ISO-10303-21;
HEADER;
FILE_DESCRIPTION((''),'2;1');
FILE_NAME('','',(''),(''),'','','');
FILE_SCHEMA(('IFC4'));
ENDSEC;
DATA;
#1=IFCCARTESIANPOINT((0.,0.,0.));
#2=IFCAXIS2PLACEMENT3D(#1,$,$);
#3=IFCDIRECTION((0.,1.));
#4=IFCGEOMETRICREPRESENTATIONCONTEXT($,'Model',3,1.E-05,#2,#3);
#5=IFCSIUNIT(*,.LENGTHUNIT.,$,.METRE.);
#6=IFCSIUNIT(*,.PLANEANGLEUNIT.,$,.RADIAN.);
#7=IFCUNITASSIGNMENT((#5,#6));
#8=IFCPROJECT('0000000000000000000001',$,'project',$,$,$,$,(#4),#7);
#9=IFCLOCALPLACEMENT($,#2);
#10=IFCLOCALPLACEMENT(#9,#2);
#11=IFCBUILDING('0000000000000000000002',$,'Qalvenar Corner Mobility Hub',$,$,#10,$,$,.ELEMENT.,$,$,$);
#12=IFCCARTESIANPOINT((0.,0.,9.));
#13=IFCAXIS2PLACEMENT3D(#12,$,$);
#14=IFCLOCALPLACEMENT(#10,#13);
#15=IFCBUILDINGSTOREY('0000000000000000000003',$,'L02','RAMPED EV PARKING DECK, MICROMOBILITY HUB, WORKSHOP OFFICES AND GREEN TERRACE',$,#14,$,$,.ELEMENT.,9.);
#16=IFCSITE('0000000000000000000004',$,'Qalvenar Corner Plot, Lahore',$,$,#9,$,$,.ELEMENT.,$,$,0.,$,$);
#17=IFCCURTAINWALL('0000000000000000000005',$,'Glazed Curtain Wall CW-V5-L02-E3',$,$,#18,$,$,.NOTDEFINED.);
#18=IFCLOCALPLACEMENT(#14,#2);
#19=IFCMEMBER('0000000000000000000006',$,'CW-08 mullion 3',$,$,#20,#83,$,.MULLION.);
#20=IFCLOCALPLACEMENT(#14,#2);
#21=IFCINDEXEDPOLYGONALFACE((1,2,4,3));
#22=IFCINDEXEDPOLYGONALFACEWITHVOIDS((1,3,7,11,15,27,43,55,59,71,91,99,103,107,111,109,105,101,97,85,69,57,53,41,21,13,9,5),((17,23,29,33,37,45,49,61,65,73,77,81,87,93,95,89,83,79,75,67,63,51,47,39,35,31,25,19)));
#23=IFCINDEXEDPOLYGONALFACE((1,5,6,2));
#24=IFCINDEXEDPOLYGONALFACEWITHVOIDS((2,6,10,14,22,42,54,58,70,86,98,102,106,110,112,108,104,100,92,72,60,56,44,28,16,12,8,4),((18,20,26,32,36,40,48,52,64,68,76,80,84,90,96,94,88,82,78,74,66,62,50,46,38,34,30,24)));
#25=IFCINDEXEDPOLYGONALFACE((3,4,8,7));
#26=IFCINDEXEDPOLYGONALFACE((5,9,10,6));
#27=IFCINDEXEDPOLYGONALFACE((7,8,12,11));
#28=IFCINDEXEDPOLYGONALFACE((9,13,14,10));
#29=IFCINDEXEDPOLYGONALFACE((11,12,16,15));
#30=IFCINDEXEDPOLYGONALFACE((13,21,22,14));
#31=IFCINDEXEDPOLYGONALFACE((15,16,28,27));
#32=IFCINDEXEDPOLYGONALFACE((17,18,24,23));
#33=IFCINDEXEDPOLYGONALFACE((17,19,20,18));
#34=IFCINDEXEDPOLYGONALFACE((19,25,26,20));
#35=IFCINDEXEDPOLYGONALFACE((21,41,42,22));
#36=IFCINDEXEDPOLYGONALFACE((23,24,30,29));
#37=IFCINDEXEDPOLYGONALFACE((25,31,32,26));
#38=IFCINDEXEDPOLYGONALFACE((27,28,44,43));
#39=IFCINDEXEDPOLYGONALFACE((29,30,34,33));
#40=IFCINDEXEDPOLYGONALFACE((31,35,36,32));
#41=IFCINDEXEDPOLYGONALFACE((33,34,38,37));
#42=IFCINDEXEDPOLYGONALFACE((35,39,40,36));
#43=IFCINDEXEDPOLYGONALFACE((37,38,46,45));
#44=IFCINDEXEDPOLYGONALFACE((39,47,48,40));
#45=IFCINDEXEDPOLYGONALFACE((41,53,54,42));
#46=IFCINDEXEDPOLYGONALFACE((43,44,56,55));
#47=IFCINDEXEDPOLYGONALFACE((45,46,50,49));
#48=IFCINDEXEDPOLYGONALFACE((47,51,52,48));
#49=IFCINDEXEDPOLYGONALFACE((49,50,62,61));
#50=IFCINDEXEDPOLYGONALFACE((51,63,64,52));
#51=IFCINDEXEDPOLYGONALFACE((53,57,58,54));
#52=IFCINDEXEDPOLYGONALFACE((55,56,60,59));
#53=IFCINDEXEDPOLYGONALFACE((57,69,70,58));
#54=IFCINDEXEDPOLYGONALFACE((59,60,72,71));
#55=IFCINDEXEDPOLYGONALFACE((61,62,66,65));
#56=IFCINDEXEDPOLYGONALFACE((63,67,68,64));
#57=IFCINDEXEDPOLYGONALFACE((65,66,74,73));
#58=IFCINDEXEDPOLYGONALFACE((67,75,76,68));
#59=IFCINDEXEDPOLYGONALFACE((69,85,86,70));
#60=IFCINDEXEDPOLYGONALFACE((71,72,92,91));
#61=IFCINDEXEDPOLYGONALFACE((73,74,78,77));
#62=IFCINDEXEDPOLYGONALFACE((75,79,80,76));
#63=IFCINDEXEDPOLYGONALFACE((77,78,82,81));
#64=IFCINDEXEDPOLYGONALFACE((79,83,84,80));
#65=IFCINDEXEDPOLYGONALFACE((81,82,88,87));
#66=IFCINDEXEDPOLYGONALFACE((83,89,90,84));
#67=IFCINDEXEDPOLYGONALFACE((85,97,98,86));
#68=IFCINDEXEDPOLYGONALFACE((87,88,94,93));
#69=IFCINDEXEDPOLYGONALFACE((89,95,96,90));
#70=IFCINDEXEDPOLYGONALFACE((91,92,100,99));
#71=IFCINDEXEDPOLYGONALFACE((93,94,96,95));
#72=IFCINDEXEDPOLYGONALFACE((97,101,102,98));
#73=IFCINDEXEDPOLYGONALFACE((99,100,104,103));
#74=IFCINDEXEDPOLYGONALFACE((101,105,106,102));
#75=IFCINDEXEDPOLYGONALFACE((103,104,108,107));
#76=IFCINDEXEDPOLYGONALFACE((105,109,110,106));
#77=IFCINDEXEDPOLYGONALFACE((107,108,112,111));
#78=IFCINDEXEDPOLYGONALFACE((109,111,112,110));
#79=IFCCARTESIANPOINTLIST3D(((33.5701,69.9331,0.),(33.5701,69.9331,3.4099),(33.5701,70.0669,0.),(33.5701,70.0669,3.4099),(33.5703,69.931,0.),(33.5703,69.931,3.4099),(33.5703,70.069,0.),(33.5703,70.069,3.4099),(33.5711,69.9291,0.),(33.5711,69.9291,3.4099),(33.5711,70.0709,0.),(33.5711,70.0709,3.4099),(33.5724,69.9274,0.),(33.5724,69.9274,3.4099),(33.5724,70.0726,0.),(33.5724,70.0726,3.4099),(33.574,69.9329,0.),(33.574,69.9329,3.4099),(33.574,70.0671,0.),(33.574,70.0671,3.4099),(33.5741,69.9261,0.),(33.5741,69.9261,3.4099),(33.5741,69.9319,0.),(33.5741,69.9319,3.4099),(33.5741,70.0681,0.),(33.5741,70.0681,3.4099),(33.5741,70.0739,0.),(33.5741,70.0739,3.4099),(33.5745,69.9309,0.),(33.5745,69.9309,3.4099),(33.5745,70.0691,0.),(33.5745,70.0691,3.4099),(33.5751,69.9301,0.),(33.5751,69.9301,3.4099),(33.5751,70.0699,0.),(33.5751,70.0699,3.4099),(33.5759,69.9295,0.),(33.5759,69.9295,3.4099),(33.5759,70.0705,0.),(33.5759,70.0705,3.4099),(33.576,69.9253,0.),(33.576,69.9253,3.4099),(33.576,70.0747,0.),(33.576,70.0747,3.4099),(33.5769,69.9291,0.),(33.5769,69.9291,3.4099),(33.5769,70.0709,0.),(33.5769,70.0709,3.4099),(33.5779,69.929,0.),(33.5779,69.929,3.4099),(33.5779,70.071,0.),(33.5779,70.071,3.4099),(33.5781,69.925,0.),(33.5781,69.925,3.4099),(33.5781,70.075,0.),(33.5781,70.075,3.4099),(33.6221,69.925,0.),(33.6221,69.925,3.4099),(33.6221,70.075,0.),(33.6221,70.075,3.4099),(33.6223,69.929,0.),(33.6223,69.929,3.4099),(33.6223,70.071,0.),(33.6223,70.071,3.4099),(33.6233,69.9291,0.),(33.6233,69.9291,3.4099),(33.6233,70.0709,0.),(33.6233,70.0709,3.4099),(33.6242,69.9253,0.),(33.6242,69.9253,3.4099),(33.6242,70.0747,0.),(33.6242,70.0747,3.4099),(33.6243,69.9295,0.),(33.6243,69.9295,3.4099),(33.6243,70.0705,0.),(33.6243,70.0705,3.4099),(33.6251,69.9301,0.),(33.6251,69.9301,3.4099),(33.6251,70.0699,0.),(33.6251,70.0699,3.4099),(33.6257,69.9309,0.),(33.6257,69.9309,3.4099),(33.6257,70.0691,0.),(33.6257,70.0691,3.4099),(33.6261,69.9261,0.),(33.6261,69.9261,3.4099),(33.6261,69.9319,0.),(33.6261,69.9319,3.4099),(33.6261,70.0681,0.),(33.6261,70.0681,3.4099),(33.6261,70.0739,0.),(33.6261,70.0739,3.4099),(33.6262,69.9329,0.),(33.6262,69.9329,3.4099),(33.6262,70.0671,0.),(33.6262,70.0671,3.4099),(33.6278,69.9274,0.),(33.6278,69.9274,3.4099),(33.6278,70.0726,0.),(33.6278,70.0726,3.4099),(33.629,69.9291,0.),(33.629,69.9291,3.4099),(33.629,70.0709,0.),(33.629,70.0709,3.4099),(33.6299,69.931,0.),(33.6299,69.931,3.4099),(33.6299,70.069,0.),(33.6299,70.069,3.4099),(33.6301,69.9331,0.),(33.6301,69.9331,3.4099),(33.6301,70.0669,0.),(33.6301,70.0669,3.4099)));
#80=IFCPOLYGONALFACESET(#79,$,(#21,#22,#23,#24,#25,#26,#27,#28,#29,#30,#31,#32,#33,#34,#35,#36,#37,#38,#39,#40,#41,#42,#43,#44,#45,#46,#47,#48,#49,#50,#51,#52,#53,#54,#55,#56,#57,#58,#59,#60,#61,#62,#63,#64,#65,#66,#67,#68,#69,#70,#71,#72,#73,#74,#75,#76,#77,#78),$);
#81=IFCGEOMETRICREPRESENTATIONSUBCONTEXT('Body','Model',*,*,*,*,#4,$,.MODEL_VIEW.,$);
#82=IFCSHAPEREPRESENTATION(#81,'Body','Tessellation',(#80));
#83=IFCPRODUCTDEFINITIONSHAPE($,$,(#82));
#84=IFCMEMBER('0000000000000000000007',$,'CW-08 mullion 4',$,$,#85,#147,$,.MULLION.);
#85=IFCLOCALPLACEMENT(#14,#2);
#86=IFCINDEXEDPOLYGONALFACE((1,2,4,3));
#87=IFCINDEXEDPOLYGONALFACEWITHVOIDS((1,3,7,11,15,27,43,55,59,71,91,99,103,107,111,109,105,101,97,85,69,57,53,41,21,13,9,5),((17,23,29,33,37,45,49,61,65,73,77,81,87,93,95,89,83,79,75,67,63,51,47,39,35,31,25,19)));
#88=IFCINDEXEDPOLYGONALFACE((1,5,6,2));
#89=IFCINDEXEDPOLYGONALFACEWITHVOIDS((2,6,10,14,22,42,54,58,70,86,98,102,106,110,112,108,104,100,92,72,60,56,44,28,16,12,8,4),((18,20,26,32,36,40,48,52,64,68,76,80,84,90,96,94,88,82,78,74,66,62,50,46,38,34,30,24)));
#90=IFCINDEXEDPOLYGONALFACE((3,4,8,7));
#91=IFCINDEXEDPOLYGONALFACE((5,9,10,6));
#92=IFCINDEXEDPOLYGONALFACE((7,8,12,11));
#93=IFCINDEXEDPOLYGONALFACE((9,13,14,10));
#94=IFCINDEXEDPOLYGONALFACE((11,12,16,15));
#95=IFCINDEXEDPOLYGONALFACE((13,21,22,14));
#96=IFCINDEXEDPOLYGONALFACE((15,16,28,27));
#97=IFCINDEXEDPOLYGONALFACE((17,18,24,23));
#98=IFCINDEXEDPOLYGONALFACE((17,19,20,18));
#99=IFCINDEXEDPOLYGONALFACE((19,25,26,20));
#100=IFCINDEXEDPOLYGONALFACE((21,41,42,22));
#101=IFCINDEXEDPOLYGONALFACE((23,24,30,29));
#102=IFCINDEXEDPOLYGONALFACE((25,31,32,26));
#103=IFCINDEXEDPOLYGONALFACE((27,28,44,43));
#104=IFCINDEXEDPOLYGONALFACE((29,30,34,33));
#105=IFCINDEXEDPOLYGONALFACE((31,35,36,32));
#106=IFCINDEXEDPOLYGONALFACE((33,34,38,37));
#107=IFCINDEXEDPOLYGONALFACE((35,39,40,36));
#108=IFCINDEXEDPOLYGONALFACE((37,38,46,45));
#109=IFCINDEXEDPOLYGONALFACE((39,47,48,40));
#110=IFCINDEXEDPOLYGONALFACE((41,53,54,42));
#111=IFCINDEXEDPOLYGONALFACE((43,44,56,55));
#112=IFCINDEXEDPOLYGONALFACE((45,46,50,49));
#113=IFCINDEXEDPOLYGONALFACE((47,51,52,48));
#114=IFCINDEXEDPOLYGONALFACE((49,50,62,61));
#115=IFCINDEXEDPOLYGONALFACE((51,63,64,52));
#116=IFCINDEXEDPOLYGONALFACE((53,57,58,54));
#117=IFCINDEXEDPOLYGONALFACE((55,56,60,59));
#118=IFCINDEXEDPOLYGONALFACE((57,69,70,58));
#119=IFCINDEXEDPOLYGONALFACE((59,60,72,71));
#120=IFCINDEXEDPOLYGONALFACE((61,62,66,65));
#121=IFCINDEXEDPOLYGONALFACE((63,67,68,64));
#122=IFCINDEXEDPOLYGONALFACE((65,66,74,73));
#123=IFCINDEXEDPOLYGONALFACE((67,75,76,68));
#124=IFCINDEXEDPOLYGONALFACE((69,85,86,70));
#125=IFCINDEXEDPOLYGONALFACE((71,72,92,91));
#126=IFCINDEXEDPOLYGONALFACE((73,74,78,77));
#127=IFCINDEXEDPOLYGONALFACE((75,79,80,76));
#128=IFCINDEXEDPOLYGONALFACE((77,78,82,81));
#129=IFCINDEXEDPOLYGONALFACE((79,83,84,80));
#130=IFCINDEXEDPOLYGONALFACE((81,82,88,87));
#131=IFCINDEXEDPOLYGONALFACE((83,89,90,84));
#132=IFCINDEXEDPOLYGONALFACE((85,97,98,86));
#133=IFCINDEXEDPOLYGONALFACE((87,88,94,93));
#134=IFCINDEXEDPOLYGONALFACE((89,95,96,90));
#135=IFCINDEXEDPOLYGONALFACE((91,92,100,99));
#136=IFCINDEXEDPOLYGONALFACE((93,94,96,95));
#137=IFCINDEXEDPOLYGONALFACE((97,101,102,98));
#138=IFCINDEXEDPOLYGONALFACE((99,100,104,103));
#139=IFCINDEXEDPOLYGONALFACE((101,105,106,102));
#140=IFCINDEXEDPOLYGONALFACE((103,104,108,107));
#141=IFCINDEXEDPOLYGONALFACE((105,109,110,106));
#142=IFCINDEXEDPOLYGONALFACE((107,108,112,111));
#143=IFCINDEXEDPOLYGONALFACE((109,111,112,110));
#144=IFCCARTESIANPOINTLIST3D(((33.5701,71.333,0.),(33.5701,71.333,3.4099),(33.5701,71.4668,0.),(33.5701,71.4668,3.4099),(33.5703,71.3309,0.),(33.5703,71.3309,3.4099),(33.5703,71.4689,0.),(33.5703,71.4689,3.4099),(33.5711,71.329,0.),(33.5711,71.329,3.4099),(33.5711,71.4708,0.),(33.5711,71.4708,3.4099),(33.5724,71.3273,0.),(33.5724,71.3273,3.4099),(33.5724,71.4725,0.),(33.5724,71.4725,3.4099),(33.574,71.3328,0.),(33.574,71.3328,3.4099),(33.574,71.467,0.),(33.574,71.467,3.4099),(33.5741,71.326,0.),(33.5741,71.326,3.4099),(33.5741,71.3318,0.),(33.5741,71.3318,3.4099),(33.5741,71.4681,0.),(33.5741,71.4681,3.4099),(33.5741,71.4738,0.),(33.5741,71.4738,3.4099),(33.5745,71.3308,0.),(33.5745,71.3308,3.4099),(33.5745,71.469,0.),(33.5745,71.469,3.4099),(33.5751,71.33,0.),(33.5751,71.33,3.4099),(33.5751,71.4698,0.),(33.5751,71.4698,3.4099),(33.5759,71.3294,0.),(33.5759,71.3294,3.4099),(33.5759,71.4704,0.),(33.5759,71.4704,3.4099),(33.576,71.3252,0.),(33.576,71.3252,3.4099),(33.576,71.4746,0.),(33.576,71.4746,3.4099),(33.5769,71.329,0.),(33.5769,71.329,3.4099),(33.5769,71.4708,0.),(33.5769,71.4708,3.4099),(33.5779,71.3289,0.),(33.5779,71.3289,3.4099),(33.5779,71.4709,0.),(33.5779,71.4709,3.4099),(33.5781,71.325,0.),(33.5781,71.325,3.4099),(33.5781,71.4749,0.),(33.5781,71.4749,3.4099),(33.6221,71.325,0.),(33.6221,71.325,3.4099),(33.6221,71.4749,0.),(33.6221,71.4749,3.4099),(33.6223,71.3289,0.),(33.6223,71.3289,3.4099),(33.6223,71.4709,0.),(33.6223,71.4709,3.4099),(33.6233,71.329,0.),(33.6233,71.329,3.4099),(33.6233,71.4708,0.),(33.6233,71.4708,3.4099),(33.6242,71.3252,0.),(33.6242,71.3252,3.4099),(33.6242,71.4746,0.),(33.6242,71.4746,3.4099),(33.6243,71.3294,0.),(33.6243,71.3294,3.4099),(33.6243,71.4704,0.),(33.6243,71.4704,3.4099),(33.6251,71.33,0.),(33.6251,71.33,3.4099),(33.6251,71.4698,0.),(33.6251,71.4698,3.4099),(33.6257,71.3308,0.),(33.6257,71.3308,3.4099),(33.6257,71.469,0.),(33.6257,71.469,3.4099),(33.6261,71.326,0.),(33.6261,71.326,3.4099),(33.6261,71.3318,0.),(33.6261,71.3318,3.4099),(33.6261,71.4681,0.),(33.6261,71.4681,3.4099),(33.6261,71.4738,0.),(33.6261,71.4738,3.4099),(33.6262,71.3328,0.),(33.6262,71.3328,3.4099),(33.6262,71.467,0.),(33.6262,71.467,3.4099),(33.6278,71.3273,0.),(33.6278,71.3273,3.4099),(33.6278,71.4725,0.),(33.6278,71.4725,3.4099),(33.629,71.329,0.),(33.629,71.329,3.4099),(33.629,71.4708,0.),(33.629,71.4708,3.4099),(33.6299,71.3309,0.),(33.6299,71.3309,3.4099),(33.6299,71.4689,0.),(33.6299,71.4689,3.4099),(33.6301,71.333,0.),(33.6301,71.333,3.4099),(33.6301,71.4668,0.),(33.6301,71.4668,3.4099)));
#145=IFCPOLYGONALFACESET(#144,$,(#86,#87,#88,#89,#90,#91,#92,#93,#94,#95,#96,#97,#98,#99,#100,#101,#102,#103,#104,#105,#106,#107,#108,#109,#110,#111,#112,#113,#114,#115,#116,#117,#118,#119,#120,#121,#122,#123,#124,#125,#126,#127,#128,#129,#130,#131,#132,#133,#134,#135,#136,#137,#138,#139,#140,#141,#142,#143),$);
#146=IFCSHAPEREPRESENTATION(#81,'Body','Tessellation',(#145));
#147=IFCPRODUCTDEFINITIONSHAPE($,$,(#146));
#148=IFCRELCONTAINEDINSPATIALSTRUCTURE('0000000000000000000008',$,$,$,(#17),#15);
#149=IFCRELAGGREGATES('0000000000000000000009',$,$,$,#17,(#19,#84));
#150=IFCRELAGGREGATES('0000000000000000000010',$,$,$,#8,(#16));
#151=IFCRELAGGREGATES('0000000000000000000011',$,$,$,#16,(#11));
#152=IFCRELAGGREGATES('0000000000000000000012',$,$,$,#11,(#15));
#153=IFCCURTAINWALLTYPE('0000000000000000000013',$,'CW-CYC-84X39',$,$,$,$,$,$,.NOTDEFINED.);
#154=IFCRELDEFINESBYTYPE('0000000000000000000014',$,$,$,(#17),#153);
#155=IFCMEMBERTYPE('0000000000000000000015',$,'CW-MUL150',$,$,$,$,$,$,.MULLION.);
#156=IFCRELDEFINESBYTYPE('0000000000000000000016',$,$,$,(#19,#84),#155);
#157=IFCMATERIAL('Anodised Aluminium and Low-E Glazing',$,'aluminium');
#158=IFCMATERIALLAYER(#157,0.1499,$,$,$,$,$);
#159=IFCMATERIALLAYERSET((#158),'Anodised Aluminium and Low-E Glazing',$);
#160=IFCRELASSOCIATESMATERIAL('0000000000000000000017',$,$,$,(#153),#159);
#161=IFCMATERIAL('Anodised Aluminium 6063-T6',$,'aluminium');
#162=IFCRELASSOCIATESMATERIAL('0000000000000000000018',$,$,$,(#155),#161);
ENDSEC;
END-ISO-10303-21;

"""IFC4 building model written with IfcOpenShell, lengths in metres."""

from ifc_helpers import new_model, si_unit, direction, frame, origin, origin_2d, place, context, subcontext, project, spatial, hollow_rectangle, extrude, material, layer, layer_set, material_profile, profile_set, type_object, element, aggregate, save


model = new_model("IFC4")

# Units and contexts
model_context = context("Model", 3, precision=1e-05, world=origin(), true_north=direction((0.0, 1.0)))
body_context = subcontext(model_context, "Body", "Model", "MODEL_VIEW")
ifc_project = project(units=[si_unit("LENGTHUNIT", "METRE"), si_unit("PLANEANGLEUNIT", "RADIAN")], contexts=[model_context])

# Site, building, storey
site_placement = place(None, origin())
site = spatial("IfcSite", under=ifc_project, at=site_placement, Name="Qalvenar Corner Plot, Lahore", CompositionType="ELEMENT", RefElevation=0.0)
building_placement = place(site_placement, origin())
building = spatial("IfcBuilding", under=site, at=building_placement, Name="Qalvenar Corner Mobility Hub", CompositionType="ELEMENT")
storey_placement = place(building_placement, frame((0.0, 0.0, 9.0)))
storey = spatial("IfcBuildingStorey", under=building, at=storey_placement, Name="L02", Description="RAMPED EV PARKING DECK, MICROMOBILITY HUB, WORKSHOP OFFICES AND GREEN TERRACE", CompositionType="ELEMENT", Elevation=9.0)

# Curtain wall, members
ifc_material_1 = material(Name="Anodised Aluminium and Low-E Glazing", Category="aluminium")
ifc_layer_1 = layer(ifc_material_1, 0.1499)
ifc_layer_set_1 = layer_set([ifc_layer_1], Name="Anodised Aluminium and Low-E Glazing")
curtain_wall_type = type_object("IfcCurtainWallType", Name="CW-CYC-84X39", PredefinedType="NOTDEFINED", material=ifc_layer_set_1)
curtain_wall_placement = place(storey_placement, origin())
curtain_wall = element("IfcCurtainWall", 1, at=curtain_wall_placement, inside=storey, type_object=curtain_wall_type, Name="Glazed Curtain Wall CW-V5-L02-E3", PredefinedType="NOTDEFINED")
ifc_material_2 = material(Name="Anodised Aluminium 6063-T6", Category="aluminium")
ifc_material_profile_1 = material_profile(ifc_material_2, hollow_rectangle(XDim=0.0601, YDim=0.1499, WallThickness=0.0039, InnerFilletRadius=0.0039, OuterFilletRadius=0.0081, at=origin_2d()), Name="RHS150x60x4")
ifc_profile_set_1 = profile_set([ifc_material_profile_1], Name="Anodised Aluminium 6063-T6")
member_type_1 = type_object("IfcMemberType", Name="CW-MUL150", PredefinedType="MULLION", material=ifc_profile_set_1)
member_1_placement = place(storey_placement, frame((33.6001, 70.0, 0.0), z_axis=(0.0, 0.0, 1.0), x_axis=(-1.0, 0.0, 0.0)))
member_1 = element("IfcMember", 2, at=member_1_placement, type_object=member_type_1, Name="CW-08 mullion 3", PredefinedType="MULLION", context=body_context, shape_type="SweptSolid", body=[
    extrude(hollow_rectangle(XDim=0.0601, YDim=0.1499, WallThickness=0.0039, InnerFilletRadius=0.0039, OuterFilletRadius=0.0081, at=origin_2d()), origin(), (0.0, 0.0, 1.0), 3.4099),
])
member_2_placement = place(storey_placement, frame((33.6001, 71.3999, 0.0), z_axis=(0.0, 0.0, 1.0), x_axis=(-1.0, 0.0, 0.0)))
member_2 = element("IfcMember", 3, at=member_2_placement, type_object=member_type_1, Name="CW-08 mullion 4", PredefinedType="MULLION", context=body_context, shape_type="SweptSolid", body=[
    extrude(hollow_rectangle(XDim=0.0601, YDim=0.1499, WallThickness=0.0039, InnerFilletRadius=0.0039, OuterFilletRadius=0.0081, at=origin_2d()), origin(), (0.0, 0.0, 1.0), 3.4099),
])
aggregate(curtain_wall, [member_1, member_2])

save(model, "model.ifc")
